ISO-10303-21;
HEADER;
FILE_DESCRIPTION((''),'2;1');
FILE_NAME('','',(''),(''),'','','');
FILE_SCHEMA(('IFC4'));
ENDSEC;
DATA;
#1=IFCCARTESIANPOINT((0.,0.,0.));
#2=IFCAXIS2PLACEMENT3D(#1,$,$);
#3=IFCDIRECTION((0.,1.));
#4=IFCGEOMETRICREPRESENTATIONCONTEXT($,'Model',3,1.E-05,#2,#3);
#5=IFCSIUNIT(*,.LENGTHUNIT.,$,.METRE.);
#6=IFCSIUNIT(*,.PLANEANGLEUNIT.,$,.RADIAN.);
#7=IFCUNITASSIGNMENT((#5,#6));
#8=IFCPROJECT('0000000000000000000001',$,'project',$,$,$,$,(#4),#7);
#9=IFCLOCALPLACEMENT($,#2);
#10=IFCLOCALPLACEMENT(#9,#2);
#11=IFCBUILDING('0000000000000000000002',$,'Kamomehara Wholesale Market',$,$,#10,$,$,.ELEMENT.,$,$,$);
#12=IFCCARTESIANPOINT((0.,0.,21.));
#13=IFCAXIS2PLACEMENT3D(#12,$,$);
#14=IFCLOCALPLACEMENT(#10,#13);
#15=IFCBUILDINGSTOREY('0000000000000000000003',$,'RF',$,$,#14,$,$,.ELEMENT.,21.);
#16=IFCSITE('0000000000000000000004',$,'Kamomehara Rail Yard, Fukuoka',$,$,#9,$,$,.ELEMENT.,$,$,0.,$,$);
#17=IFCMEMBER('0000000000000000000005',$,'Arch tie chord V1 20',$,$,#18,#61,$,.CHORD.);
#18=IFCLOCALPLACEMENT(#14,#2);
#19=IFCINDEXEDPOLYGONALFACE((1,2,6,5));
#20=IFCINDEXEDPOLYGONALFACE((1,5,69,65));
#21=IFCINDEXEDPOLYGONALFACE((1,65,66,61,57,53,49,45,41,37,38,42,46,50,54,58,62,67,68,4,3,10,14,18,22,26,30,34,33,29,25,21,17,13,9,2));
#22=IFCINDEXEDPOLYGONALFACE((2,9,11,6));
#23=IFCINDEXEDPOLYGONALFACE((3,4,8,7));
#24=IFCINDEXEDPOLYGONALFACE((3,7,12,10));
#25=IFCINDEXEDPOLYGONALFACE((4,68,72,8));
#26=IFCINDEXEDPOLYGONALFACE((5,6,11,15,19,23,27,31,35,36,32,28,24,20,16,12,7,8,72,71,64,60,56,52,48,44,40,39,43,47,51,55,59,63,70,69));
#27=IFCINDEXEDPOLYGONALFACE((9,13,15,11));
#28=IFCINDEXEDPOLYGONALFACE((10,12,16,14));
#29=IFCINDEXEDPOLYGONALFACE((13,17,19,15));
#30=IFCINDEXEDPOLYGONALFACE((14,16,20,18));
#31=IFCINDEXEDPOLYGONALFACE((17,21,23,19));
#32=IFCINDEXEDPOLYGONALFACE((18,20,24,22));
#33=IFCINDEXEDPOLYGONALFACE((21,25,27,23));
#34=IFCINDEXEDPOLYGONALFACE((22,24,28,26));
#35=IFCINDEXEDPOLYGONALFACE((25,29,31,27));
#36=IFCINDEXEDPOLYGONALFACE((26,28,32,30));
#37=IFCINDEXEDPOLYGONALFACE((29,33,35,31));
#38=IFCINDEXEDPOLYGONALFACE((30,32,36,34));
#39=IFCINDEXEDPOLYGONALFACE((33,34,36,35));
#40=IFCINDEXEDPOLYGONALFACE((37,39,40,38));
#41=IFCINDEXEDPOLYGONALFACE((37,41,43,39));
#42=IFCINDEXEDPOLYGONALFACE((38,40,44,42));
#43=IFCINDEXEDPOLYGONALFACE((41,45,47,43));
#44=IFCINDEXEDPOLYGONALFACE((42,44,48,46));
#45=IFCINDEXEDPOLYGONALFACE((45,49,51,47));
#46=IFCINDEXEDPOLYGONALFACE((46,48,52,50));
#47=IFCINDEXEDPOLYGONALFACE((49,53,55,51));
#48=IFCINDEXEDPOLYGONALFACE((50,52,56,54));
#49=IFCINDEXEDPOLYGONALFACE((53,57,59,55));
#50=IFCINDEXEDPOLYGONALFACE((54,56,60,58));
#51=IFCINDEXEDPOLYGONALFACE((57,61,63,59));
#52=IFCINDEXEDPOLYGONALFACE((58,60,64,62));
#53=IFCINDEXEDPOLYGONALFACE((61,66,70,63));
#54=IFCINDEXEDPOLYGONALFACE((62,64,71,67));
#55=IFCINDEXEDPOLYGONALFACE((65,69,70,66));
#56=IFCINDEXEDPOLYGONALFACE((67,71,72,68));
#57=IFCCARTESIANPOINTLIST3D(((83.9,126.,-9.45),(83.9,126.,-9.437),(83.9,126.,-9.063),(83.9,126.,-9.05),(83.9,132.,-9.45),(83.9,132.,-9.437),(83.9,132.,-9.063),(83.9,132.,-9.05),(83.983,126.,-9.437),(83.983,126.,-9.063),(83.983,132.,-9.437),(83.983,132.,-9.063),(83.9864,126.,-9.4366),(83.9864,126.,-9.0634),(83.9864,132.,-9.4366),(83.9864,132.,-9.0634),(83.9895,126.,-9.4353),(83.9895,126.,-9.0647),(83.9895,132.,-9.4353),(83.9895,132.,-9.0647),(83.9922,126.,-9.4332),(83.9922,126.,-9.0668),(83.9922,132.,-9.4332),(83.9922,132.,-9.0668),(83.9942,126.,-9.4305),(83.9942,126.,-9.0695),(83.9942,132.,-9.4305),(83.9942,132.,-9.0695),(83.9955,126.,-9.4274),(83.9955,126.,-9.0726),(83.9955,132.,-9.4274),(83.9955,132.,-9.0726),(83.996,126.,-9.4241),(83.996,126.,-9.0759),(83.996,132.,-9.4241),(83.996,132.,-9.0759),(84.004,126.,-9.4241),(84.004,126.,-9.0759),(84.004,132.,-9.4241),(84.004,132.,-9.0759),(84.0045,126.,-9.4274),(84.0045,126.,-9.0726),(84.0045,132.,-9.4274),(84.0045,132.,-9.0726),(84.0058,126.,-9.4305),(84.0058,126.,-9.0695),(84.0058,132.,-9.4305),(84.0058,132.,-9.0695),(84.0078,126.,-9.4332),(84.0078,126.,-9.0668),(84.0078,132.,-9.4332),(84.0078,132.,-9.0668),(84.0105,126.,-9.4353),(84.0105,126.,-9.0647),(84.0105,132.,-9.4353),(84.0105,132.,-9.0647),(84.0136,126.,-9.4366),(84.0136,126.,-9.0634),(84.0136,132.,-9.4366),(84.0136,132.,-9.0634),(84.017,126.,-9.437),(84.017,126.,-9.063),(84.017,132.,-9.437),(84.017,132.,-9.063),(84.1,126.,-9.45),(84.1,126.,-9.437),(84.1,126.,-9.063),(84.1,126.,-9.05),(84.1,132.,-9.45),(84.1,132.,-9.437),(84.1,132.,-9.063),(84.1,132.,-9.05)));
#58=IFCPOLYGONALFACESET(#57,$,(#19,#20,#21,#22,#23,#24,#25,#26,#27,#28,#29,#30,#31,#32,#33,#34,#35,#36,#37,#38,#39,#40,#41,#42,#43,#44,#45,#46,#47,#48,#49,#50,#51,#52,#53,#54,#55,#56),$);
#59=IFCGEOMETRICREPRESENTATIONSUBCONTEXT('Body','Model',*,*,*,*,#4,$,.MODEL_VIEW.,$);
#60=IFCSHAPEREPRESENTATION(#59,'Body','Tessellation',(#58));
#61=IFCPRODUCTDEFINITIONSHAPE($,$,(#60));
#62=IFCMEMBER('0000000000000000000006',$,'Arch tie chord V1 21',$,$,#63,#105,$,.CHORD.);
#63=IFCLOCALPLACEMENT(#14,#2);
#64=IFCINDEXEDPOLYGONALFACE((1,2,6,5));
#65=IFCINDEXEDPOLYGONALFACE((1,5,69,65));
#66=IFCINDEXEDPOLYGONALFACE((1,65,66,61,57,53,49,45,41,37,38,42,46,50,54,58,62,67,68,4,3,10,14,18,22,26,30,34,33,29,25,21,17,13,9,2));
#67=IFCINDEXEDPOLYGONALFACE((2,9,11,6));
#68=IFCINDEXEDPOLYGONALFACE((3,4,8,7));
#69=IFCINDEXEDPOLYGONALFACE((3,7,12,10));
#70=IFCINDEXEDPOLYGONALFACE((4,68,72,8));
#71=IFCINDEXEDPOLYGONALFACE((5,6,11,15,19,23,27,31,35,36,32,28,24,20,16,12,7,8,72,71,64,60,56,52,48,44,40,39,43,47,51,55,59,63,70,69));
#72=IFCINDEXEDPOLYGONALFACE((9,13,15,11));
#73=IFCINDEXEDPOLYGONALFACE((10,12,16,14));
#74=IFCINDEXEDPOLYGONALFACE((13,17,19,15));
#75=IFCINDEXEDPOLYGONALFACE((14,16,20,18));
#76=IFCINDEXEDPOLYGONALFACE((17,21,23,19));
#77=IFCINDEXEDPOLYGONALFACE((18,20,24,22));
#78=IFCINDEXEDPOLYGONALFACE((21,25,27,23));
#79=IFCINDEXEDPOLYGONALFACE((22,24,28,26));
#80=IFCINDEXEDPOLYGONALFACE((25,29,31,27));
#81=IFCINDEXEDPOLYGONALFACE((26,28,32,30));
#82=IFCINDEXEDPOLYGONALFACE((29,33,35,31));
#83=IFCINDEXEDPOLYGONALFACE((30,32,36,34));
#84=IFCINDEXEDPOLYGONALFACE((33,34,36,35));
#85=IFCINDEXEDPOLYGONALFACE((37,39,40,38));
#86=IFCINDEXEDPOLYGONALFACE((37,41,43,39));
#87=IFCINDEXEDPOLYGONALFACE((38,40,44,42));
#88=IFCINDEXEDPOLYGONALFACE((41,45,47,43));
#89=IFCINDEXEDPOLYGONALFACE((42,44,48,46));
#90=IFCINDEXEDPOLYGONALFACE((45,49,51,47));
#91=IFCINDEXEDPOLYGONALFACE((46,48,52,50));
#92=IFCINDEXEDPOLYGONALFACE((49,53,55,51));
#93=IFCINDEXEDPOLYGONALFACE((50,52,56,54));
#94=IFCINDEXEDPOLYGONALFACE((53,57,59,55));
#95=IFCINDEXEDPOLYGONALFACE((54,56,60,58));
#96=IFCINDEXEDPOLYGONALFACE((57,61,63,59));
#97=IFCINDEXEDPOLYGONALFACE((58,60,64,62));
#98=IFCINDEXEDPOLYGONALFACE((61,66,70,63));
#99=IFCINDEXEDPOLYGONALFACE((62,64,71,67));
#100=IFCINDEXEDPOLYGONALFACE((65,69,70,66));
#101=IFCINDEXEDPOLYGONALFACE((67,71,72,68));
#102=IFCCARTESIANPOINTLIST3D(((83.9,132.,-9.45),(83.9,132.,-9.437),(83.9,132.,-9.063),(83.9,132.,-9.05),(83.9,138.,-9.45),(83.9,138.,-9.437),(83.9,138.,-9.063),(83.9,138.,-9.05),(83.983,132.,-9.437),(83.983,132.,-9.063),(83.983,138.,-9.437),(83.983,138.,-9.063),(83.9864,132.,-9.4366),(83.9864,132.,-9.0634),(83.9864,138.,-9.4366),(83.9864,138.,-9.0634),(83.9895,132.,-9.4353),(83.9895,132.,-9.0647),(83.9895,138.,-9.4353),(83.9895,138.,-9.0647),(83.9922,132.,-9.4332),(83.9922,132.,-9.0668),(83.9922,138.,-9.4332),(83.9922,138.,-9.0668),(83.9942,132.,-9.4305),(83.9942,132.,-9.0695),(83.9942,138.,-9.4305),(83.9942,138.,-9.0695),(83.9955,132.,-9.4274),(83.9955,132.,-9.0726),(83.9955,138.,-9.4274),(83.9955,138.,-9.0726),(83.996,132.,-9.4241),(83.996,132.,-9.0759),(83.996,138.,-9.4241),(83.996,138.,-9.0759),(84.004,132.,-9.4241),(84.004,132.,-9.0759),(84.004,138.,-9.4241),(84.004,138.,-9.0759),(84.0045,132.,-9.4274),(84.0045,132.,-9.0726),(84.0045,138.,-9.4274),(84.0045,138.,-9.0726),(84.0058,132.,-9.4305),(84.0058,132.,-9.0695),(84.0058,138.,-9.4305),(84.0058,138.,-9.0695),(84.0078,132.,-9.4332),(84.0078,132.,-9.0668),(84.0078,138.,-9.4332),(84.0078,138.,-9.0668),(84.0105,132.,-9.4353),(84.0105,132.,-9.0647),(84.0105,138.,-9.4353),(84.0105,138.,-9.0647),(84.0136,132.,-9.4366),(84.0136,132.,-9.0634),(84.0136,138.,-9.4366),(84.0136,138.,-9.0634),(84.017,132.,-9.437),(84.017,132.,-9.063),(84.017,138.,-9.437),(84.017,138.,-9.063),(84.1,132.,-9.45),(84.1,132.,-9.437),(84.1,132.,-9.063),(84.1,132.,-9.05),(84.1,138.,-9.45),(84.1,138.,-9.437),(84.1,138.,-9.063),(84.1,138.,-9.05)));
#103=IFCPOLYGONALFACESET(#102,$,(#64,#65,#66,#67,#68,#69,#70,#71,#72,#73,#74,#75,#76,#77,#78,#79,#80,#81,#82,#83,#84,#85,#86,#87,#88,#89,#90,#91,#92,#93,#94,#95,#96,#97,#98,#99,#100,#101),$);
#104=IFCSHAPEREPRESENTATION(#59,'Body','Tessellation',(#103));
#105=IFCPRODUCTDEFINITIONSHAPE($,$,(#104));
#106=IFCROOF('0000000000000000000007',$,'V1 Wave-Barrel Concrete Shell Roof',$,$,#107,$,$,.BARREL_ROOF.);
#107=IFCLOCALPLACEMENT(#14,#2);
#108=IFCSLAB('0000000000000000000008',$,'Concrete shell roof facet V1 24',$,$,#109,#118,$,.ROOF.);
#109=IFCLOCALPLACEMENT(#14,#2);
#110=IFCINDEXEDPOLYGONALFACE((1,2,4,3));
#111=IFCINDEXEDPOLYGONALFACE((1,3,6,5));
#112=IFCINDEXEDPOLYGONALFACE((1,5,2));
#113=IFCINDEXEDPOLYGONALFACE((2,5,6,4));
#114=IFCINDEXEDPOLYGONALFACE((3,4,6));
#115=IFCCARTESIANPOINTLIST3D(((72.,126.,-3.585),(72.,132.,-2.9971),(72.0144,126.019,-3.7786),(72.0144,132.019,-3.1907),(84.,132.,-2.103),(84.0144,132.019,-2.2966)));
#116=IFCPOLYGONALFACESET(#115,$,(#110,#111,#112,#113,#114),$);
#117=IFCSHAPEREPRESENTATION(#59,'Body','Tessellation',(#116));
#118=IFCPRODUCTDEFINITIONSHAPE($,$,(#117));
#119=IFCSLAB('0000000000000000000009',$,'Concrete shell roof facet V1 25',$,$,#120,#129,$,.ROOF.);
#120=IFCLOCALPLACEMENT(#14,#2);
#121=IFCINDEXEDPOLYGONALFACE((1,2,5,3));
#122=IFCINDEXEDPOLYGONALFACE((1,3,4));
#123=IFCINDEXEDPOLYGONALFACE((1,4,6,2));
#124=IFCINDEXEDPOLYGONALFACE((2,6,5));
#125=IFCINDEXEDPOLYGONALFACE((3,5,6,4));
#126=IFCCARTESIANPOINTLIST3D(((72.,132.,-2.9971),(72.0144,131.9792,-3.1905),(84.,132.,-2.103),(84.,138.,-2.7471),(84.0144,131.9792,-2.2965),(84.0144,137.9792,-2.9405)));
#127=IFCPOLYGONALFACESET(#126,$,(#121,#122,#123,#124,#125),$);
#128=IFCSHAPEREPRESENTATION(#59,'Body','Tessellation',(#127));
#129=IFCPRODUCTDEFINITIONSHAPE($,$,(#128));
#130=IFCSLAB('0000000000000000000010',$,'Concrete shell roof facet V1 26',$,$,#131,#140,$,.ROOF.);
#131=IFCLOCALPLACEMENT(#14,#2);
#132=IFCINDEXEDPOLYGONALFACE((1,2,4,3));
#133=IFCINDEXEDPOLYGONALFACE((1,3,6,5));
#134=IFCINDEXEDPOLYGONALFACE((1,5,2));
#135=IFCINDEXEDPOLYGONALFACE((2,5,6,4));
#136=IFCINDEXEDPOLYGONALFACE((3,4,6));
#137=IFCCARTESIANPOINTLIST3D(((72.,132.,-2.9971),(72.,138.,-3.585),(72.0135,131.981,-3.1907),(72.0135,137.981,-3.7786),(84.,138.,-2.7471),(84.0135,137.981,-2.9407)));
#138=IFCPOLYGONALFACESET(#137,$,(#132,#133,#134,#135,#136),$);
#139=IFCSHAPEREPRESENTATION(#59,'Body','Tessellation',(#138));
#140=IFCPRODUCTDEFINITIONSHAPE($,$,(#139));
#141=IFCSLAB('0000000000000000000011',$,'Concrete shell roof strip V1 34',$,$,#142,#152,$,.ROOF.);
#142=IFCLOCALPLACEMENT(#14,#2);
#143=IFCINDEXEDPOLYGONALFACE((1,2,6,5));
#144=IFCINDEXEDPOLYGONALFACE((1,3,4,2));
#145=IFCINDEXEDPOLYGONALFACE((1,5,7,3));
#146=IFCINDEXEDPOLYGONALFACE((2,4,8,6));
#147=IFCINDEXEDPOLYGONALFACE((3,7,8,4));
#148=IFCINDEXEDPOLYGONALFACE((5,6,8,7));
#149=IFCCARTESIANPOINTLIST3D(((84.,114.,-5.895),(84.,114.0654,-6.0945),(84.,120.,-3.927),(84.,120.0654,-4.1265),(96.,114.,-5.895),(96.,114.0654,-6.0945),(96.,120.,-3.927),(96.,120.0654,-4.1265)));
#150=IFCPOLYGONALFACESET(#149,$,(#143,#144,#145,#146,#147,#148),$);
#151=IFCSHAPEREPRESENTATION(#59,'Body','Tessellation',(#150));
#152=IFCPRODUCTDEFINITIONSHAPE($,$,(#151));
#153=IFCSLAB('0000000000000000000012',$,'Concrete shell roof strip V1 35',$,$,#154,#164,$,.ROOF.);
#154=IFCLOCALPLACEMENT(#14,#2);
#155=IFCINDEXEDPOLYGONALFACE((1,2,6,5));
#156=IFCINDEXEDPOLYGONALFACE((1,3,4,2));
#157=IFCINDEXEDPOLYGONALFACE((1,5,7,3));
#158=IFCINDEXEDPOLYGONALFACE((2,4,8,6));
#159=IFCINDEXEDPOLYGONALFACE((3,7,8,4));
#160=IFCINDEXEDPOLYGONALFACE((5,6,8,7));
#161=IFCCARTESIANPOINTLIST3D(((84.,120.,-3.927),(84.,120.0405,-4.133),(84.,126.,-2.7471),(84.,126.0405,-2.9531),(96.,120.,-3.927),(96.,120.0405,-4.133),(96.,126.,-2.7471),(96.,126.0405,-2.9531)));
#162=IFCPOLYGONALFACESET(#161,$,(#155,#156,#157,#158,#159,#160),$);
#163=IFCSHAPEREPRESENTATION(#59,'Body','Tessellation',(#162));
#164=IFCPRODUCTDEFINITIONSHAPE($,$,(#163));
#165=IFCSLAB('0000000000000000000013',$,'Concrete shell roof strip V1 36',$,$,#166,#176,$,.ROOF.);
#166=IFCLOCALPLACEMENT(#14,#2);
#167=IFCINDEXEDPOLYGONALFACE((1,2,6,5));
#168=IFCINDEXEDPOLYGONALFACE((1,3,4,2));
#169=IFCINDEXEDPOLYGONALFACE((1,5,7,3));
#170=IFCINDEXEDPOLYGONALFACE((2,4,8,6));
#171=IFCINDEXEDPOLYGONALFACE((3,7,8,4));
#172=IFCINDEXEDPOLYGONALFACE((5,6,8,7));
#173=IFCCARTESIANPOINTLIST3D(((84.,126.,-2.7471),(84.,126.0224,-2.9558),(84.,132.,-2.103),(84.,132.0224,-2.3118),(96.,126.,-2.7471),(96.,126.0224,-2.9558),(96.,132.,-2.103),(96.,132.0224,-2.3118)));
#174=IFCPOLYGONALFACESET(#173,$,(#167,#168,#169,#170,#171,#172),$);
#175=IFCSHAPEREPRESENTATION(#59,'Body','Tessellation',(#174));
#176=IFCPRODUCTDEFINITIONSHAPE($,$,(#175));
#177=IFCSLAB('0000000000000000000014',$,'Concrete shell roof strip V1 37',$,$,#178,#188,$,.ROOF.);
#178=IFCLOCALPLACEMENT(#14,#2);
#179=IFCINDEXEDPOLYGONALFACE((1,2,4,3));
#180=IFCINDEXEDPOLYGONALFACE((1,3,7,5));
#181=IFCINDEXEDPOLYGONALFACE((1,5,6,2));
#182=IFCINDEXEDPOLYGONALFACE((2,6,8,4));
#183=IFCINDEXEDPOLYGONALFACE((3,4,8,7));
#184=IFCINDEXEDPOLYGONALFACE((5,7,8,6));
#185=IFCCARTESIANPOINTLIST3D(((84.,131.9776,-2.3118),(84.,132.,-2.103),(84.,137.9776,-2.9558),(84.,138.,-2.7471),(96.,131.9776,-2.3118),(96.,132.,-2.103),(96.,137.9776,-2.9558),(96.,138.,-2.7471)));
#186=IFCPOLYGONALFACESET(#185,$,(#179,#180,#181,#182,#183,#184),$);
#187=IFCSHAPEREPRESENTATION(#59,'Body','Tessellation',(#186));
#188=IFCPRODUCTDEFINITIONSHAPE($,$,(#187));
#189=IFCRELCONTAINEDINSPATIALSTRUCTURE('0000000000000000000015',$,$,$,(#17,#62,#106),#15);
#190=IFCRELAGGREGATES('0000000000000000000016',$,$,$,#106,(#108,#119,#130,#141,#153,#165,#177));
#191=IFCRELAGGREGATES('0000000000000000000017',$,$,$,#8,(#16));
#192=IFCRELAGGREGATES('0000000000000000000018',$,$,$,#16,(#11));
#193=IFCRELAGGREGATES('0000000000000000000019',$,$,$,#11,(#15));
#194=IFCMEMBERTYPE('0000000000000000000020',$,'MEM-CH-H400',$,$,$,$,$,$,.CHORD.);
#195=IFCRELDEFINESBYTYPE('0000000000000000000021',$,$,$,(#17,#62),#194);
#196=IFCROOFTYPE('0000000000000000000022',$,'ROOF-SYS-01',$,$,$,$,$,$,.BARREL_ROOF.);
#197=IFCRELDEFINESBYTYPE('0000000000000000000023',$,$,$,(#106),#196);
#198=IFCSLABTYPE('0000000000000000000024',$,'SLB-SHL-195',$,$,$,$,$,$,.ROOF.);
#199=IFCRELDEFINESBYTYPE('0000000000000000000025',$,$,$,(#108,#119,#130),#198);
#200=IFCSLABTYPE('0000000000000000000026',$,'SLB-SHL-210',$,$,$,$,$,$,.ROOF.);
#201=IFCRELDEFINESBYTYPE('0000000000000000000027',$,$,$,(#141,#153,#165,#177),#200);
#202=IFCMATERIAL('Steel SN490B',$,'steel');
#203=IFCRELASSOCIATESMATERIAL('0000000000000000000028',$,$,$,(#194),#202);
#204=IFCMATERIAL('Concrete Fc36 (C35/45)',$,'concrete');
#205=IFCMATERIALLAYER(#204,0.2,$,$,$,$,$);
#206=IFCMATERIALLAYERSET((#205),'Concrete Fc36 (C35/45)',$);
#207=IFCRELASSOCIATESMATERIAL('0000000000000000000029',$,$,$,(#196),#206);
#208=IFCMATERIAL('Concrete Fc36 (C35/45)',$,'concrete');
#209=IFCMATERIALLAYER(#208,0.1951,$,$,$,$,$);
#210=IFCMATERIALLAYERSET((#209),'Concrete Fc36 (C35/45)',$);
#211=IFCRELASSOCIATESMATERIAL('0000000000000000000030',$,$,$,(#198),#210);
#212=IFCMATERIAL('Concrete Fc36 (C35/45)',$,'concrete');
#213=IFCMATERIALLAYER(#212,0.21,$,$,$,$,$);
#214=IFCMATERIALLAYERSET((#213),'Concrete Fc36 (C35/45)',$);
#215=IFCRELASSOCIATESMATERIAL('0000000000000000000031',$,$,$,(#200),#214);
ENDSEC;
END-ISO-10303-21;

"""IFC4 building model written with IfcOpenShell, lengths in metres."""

from ifc_helpers import new_model, si_unit, direction, frame, origin, origin_2d, place, context, subcontext, project, spatial, polyline, i_section, outline, extrude, material, layer, layer_set, material_profile, profile_set, type_object, element, aggregate, save


model = new_model("IFC4")

# Units and contexts
model_context = context("Model", 3, precision=1e-05, world=origin(), true_north=direction((0.0, 1.0)))
body_context = subcontext(model_context, "Body", "Model", "MODEL_VIEW")
ifc_project = project(units=[si_unit("LENGTHUNIT", "METRE"), si_unit("PLANEANGLEUNIT", "RADIAN")], contexts=[model_context])

# Site, building, storey
site_placement = place(None, origin())
site = spatial("IfcSite", under=ifc_project, at=site_placement, Name="Kamomehara Rail Yard, Fukuoka", CompositionType="ELEMENT", RefElevation=0.0)
building_placement = place(site_placement, origin())
building = spatial("IfcBuilding", under=site, at=building_placement, Name="Kamomehara Wholesale Market", CompositionType="ELEMENT")
storey_placement = place(building_placement, frame((0.0, 0.0, 21.0)))
storey = spatial("IfcBuildingStorey", under=building, at=storey_placement, Name="RF", CompositionType="ELEMENT", Elevation=21.0)

# Members
ifc_material_1 = material(Name="Steel SN490B", Category="steel")
ifc_material_profile_1 = material_profile(ifc_material_1, i_section(OverallWidth=0.2, OverallDepth=0.3999, WebThickness=0.0081, FlangeThickness=0.0129, FilletRadius=0.0129, at=origin_2d()), Name="H-400x200x8x13")
ifc_profile_set_1 = profile_set([ifc_material_profile_1], Name="Steel SN490B")
member_type_1 = type_object("IfcMemberType", Name="MEM-CH-H400", PredefinedType="CHORD", material=ifc_profile_set_1)
for number, where, z_axis, x_axis, name in (
    (1, (84.0, 126.0, -9.25), (0.0, 1.0, 0.0), (-1.0, 0.0, 0.0), "Arch tie chord V1 20"),
    (2, (84.0, 132.0, -9.25), (0.0, 1.0, 0.0), (-1.0, 0.0, 0.0), "Arch tie chord V1 21"),
):
    element("IfcMember", number, at=place(storey_placement, frame(where, z_axis=z_axis, x_axis=x_axis)), inside=storey, type_object=member_type_1, Name=name, PredefinedType="CHORD", context=body_context, shape_type="SweptSolid", body=[
        extrude(i_section(OverallWidth=0.2, OverallDepth=0.3999, WebThickness=0.0081, FlangeThickness=0.0129, FilletRadius=0.0129, at=origin_2d()), origin(), (0.0, 0.0, 1.0), 6.0),
    ])

# Roof, slabs
ifc_material_2 = material(Name="Concrete Fc36 (C35/45)", Category="concrete")
ifc_layer_1 = layer(ifc_material_2, 0.2)
ifc_layer_set_1 = layer_set([ifc_layer_1], Name="Concrete Fc36 (C35/45)")
roof_type = type_object("IfcRoofType", Name="ROOF-SYS-01", PredefinedType="BARREL_ROOF", material=ifc_layer_set_1)
roof_placement = place(storey_placement, origin())
roof = element("IfcRoof", 3, at=roof_placement, inside=storey, type_object=roof_type, Name="V1 Wave-Barrel Concrete Shell Roof", PredefinedType="BARREL_ROOF")
ifc_material_3 = material(Name="Concrete Fc36 (C35/45)", Category="concrete")
ifc_layer_2 = layer(ifc_material_3, 0.1951)
ifc_layer_set_2 = layer_set([ifc_layer_2], Name="Concrete Fc36 (C35/45)")
slab_type_1 = type_object("IfcSlabType", Name="SLB-SHL-195", PredefinedType="ROOF", material=ifc_layer_set_2)
slab_1_placement = place(storey_placement, frame((72.0, 126.0, -3.585), z_axis=(-0.073946, -0.097248, 0.992509), x_axis=(0.88902, 0.44451, 0.109789)))
slab_1 = element("IfcSlab", 4, at=slab_1_placement, type_object=slab_type_1, Name="Concrete shell roof facet V1 24", PredefinedType="ROOF", context=body_context, shape_type="SweptSolid", body=[
    extrude(outline(polyline([(0.0, 0.0), (13.498, 0.0), (2.7316, 5.3744), (0.0, 0.0)])), origin(), (0.0, 0.0, -1.0), 0.1951),
])
slab_2_placement = place(storey_placement, frame((72.0, 132.0, -2.9971), z_axis=(-0.073876, 0.106436, 0.991571), x_axis=(0.997236, 0.0, 0.074298)))
slab_2 = element("IfcSlab", 5, at=slab_2_placement, type_object=slab_type_1, Name="Concrete shell roof facet V1 25", PredefinedType="ROOF", context=body_context, shape_type="SweptSolid", body=[
    extrude(outline(polyline([(0.0, 0.0), (12.0333, 0.0), (11.9854, 6.0343), (0.0, 0.0)])), origin(), (0.0, 0.0, -1.0), 0.1951),
])
slab_3_placement = place(storey_placement, frame((72.0, 132.0, -2.9971), z_axis=(-0.069324, 0.09728, 0.99284), x_axis=(0.894272, 0.447136, 0.018631)))
slab_3 = element("IfcSlab", 6, at=slab_3_placement, type_object=slab_type_1, Name="Concrete shell roof facet V1 26", PredefinedType="ROOF", context=body_context, shape_type="SweptSolid", body=[
    extrude(outline(polyline([(0.0, 0.0), (13.4187, 0.0), (2.6719, 5.4043), (0.0, 0.0)])), origin(), (0.0, 0.0, -1.0), 0.1951),
])
ifc_material_4 = material(Name="Concrete Fc36 (C35/45)", Category="concrete")
ifc_layer_3 = layer(ifc_material_4, 0.21)
ifc_layer_set_3 = layer_set([ifc_layer_3], Name="Concrete Fc36 (C35/45)")
slab_type_2 = type_object("IfcSlabType", Name="SLB-SHL-210", PredefinedType="ROOF", material=ifc_layer_set_3)
slab_4_placement = place(storey_placement, frame((84.0, 114.0, -5.895), z_axis=(0.0, -0.311666, 0.950192), x_axis=(1.0, 0.0, 0.0)))
slab_4 = element("IfcSlab", 7, at=slab_4_placement, type_object=slab_type_2, Name="Concrete shell roof strip V1 34", PredefinedType="ROOF", context=body_context, shape_type="SweptSolid", body=[
    extrude(outline(polyline([(0.0, 0.0), (12.0, 0.0), (12.0, 6.3145), (0.0, 6.3145), (0.0, 0.0)])), origin(), (0.0, 0.0, -1.0), 0.21),
])
slab_5_placement = place(storey_placement, frame((84.0, 120.0, -3.927), z_axis=(0.0, -0.192959, 0.981207), x_axis=(1.0, 0.0, 0.0)))
slab_5 = element("IfcSlab", 8, at=slab_5_placement, type_object=slab_type_2, Name="Concrete shell roof strip V1 35", PredefinedType="ROOF", context=body_context, shape_type="SweptSolid", body=[
    extrude(outline(polyline([(0.0, 0.0), (12.0, 0.0), (12.0, 6.1149), (0.0, 6.1149), (0.0, 0.0)])), origin(), (0.0, 0.0, -1.0), 0.21),
])
slab_6_placement = place(storey_placement, frame((84.0, 126.0, -2.7471), z_axis=(0.0, -0.106727, 0.994288), x_axis=(1.0, 0.0, 0.0)))
slab_6 = element("IfcSlab", 9, at=slab_6_placement, type_object=slab_type_2, Name="Concrete shell roof strip V1 36", PredefinedType="ROOF", context=body_context, shape_type="SweptSolid", body=[
    extrude(outline(polyline([(0.0, 0.0), (12.0, 0.0), (12.0, 6.0345), (0.0, 6.0345), (0.0, 0.0)])), origin(), (0.0, 0.0, -1.0), 0.21),
])
slab_7_placement = place(storey_placement, frame((84.0, 132.0, -2.103), z_axis=(0.0, 0.106727, 0.994288), x_axis=(1.0, 0.0, 0.0)))
slab_7 = element("IfcSlab", 10, at=slab_7_placement, type_object=slab_type_2, Name="Concrete shell roof strip V1 37", PredefinedType="ROOF", context=body_context, shape_type="SweptSolid", body=[
    extrude(outline(polyline([(0.0, 0.0), (12.0, 0.0), (12.0, 6.0345), (0.0, 6.0345), (0.0, 0.0)])), origin(), (0.0, 0.0, -1.0), 0.21),
])
aggregate(roof, [slab_1, slab_2, slab_3, slab_4, slab_5, slab_6, slab_7])

save(model, "model.ifc")
